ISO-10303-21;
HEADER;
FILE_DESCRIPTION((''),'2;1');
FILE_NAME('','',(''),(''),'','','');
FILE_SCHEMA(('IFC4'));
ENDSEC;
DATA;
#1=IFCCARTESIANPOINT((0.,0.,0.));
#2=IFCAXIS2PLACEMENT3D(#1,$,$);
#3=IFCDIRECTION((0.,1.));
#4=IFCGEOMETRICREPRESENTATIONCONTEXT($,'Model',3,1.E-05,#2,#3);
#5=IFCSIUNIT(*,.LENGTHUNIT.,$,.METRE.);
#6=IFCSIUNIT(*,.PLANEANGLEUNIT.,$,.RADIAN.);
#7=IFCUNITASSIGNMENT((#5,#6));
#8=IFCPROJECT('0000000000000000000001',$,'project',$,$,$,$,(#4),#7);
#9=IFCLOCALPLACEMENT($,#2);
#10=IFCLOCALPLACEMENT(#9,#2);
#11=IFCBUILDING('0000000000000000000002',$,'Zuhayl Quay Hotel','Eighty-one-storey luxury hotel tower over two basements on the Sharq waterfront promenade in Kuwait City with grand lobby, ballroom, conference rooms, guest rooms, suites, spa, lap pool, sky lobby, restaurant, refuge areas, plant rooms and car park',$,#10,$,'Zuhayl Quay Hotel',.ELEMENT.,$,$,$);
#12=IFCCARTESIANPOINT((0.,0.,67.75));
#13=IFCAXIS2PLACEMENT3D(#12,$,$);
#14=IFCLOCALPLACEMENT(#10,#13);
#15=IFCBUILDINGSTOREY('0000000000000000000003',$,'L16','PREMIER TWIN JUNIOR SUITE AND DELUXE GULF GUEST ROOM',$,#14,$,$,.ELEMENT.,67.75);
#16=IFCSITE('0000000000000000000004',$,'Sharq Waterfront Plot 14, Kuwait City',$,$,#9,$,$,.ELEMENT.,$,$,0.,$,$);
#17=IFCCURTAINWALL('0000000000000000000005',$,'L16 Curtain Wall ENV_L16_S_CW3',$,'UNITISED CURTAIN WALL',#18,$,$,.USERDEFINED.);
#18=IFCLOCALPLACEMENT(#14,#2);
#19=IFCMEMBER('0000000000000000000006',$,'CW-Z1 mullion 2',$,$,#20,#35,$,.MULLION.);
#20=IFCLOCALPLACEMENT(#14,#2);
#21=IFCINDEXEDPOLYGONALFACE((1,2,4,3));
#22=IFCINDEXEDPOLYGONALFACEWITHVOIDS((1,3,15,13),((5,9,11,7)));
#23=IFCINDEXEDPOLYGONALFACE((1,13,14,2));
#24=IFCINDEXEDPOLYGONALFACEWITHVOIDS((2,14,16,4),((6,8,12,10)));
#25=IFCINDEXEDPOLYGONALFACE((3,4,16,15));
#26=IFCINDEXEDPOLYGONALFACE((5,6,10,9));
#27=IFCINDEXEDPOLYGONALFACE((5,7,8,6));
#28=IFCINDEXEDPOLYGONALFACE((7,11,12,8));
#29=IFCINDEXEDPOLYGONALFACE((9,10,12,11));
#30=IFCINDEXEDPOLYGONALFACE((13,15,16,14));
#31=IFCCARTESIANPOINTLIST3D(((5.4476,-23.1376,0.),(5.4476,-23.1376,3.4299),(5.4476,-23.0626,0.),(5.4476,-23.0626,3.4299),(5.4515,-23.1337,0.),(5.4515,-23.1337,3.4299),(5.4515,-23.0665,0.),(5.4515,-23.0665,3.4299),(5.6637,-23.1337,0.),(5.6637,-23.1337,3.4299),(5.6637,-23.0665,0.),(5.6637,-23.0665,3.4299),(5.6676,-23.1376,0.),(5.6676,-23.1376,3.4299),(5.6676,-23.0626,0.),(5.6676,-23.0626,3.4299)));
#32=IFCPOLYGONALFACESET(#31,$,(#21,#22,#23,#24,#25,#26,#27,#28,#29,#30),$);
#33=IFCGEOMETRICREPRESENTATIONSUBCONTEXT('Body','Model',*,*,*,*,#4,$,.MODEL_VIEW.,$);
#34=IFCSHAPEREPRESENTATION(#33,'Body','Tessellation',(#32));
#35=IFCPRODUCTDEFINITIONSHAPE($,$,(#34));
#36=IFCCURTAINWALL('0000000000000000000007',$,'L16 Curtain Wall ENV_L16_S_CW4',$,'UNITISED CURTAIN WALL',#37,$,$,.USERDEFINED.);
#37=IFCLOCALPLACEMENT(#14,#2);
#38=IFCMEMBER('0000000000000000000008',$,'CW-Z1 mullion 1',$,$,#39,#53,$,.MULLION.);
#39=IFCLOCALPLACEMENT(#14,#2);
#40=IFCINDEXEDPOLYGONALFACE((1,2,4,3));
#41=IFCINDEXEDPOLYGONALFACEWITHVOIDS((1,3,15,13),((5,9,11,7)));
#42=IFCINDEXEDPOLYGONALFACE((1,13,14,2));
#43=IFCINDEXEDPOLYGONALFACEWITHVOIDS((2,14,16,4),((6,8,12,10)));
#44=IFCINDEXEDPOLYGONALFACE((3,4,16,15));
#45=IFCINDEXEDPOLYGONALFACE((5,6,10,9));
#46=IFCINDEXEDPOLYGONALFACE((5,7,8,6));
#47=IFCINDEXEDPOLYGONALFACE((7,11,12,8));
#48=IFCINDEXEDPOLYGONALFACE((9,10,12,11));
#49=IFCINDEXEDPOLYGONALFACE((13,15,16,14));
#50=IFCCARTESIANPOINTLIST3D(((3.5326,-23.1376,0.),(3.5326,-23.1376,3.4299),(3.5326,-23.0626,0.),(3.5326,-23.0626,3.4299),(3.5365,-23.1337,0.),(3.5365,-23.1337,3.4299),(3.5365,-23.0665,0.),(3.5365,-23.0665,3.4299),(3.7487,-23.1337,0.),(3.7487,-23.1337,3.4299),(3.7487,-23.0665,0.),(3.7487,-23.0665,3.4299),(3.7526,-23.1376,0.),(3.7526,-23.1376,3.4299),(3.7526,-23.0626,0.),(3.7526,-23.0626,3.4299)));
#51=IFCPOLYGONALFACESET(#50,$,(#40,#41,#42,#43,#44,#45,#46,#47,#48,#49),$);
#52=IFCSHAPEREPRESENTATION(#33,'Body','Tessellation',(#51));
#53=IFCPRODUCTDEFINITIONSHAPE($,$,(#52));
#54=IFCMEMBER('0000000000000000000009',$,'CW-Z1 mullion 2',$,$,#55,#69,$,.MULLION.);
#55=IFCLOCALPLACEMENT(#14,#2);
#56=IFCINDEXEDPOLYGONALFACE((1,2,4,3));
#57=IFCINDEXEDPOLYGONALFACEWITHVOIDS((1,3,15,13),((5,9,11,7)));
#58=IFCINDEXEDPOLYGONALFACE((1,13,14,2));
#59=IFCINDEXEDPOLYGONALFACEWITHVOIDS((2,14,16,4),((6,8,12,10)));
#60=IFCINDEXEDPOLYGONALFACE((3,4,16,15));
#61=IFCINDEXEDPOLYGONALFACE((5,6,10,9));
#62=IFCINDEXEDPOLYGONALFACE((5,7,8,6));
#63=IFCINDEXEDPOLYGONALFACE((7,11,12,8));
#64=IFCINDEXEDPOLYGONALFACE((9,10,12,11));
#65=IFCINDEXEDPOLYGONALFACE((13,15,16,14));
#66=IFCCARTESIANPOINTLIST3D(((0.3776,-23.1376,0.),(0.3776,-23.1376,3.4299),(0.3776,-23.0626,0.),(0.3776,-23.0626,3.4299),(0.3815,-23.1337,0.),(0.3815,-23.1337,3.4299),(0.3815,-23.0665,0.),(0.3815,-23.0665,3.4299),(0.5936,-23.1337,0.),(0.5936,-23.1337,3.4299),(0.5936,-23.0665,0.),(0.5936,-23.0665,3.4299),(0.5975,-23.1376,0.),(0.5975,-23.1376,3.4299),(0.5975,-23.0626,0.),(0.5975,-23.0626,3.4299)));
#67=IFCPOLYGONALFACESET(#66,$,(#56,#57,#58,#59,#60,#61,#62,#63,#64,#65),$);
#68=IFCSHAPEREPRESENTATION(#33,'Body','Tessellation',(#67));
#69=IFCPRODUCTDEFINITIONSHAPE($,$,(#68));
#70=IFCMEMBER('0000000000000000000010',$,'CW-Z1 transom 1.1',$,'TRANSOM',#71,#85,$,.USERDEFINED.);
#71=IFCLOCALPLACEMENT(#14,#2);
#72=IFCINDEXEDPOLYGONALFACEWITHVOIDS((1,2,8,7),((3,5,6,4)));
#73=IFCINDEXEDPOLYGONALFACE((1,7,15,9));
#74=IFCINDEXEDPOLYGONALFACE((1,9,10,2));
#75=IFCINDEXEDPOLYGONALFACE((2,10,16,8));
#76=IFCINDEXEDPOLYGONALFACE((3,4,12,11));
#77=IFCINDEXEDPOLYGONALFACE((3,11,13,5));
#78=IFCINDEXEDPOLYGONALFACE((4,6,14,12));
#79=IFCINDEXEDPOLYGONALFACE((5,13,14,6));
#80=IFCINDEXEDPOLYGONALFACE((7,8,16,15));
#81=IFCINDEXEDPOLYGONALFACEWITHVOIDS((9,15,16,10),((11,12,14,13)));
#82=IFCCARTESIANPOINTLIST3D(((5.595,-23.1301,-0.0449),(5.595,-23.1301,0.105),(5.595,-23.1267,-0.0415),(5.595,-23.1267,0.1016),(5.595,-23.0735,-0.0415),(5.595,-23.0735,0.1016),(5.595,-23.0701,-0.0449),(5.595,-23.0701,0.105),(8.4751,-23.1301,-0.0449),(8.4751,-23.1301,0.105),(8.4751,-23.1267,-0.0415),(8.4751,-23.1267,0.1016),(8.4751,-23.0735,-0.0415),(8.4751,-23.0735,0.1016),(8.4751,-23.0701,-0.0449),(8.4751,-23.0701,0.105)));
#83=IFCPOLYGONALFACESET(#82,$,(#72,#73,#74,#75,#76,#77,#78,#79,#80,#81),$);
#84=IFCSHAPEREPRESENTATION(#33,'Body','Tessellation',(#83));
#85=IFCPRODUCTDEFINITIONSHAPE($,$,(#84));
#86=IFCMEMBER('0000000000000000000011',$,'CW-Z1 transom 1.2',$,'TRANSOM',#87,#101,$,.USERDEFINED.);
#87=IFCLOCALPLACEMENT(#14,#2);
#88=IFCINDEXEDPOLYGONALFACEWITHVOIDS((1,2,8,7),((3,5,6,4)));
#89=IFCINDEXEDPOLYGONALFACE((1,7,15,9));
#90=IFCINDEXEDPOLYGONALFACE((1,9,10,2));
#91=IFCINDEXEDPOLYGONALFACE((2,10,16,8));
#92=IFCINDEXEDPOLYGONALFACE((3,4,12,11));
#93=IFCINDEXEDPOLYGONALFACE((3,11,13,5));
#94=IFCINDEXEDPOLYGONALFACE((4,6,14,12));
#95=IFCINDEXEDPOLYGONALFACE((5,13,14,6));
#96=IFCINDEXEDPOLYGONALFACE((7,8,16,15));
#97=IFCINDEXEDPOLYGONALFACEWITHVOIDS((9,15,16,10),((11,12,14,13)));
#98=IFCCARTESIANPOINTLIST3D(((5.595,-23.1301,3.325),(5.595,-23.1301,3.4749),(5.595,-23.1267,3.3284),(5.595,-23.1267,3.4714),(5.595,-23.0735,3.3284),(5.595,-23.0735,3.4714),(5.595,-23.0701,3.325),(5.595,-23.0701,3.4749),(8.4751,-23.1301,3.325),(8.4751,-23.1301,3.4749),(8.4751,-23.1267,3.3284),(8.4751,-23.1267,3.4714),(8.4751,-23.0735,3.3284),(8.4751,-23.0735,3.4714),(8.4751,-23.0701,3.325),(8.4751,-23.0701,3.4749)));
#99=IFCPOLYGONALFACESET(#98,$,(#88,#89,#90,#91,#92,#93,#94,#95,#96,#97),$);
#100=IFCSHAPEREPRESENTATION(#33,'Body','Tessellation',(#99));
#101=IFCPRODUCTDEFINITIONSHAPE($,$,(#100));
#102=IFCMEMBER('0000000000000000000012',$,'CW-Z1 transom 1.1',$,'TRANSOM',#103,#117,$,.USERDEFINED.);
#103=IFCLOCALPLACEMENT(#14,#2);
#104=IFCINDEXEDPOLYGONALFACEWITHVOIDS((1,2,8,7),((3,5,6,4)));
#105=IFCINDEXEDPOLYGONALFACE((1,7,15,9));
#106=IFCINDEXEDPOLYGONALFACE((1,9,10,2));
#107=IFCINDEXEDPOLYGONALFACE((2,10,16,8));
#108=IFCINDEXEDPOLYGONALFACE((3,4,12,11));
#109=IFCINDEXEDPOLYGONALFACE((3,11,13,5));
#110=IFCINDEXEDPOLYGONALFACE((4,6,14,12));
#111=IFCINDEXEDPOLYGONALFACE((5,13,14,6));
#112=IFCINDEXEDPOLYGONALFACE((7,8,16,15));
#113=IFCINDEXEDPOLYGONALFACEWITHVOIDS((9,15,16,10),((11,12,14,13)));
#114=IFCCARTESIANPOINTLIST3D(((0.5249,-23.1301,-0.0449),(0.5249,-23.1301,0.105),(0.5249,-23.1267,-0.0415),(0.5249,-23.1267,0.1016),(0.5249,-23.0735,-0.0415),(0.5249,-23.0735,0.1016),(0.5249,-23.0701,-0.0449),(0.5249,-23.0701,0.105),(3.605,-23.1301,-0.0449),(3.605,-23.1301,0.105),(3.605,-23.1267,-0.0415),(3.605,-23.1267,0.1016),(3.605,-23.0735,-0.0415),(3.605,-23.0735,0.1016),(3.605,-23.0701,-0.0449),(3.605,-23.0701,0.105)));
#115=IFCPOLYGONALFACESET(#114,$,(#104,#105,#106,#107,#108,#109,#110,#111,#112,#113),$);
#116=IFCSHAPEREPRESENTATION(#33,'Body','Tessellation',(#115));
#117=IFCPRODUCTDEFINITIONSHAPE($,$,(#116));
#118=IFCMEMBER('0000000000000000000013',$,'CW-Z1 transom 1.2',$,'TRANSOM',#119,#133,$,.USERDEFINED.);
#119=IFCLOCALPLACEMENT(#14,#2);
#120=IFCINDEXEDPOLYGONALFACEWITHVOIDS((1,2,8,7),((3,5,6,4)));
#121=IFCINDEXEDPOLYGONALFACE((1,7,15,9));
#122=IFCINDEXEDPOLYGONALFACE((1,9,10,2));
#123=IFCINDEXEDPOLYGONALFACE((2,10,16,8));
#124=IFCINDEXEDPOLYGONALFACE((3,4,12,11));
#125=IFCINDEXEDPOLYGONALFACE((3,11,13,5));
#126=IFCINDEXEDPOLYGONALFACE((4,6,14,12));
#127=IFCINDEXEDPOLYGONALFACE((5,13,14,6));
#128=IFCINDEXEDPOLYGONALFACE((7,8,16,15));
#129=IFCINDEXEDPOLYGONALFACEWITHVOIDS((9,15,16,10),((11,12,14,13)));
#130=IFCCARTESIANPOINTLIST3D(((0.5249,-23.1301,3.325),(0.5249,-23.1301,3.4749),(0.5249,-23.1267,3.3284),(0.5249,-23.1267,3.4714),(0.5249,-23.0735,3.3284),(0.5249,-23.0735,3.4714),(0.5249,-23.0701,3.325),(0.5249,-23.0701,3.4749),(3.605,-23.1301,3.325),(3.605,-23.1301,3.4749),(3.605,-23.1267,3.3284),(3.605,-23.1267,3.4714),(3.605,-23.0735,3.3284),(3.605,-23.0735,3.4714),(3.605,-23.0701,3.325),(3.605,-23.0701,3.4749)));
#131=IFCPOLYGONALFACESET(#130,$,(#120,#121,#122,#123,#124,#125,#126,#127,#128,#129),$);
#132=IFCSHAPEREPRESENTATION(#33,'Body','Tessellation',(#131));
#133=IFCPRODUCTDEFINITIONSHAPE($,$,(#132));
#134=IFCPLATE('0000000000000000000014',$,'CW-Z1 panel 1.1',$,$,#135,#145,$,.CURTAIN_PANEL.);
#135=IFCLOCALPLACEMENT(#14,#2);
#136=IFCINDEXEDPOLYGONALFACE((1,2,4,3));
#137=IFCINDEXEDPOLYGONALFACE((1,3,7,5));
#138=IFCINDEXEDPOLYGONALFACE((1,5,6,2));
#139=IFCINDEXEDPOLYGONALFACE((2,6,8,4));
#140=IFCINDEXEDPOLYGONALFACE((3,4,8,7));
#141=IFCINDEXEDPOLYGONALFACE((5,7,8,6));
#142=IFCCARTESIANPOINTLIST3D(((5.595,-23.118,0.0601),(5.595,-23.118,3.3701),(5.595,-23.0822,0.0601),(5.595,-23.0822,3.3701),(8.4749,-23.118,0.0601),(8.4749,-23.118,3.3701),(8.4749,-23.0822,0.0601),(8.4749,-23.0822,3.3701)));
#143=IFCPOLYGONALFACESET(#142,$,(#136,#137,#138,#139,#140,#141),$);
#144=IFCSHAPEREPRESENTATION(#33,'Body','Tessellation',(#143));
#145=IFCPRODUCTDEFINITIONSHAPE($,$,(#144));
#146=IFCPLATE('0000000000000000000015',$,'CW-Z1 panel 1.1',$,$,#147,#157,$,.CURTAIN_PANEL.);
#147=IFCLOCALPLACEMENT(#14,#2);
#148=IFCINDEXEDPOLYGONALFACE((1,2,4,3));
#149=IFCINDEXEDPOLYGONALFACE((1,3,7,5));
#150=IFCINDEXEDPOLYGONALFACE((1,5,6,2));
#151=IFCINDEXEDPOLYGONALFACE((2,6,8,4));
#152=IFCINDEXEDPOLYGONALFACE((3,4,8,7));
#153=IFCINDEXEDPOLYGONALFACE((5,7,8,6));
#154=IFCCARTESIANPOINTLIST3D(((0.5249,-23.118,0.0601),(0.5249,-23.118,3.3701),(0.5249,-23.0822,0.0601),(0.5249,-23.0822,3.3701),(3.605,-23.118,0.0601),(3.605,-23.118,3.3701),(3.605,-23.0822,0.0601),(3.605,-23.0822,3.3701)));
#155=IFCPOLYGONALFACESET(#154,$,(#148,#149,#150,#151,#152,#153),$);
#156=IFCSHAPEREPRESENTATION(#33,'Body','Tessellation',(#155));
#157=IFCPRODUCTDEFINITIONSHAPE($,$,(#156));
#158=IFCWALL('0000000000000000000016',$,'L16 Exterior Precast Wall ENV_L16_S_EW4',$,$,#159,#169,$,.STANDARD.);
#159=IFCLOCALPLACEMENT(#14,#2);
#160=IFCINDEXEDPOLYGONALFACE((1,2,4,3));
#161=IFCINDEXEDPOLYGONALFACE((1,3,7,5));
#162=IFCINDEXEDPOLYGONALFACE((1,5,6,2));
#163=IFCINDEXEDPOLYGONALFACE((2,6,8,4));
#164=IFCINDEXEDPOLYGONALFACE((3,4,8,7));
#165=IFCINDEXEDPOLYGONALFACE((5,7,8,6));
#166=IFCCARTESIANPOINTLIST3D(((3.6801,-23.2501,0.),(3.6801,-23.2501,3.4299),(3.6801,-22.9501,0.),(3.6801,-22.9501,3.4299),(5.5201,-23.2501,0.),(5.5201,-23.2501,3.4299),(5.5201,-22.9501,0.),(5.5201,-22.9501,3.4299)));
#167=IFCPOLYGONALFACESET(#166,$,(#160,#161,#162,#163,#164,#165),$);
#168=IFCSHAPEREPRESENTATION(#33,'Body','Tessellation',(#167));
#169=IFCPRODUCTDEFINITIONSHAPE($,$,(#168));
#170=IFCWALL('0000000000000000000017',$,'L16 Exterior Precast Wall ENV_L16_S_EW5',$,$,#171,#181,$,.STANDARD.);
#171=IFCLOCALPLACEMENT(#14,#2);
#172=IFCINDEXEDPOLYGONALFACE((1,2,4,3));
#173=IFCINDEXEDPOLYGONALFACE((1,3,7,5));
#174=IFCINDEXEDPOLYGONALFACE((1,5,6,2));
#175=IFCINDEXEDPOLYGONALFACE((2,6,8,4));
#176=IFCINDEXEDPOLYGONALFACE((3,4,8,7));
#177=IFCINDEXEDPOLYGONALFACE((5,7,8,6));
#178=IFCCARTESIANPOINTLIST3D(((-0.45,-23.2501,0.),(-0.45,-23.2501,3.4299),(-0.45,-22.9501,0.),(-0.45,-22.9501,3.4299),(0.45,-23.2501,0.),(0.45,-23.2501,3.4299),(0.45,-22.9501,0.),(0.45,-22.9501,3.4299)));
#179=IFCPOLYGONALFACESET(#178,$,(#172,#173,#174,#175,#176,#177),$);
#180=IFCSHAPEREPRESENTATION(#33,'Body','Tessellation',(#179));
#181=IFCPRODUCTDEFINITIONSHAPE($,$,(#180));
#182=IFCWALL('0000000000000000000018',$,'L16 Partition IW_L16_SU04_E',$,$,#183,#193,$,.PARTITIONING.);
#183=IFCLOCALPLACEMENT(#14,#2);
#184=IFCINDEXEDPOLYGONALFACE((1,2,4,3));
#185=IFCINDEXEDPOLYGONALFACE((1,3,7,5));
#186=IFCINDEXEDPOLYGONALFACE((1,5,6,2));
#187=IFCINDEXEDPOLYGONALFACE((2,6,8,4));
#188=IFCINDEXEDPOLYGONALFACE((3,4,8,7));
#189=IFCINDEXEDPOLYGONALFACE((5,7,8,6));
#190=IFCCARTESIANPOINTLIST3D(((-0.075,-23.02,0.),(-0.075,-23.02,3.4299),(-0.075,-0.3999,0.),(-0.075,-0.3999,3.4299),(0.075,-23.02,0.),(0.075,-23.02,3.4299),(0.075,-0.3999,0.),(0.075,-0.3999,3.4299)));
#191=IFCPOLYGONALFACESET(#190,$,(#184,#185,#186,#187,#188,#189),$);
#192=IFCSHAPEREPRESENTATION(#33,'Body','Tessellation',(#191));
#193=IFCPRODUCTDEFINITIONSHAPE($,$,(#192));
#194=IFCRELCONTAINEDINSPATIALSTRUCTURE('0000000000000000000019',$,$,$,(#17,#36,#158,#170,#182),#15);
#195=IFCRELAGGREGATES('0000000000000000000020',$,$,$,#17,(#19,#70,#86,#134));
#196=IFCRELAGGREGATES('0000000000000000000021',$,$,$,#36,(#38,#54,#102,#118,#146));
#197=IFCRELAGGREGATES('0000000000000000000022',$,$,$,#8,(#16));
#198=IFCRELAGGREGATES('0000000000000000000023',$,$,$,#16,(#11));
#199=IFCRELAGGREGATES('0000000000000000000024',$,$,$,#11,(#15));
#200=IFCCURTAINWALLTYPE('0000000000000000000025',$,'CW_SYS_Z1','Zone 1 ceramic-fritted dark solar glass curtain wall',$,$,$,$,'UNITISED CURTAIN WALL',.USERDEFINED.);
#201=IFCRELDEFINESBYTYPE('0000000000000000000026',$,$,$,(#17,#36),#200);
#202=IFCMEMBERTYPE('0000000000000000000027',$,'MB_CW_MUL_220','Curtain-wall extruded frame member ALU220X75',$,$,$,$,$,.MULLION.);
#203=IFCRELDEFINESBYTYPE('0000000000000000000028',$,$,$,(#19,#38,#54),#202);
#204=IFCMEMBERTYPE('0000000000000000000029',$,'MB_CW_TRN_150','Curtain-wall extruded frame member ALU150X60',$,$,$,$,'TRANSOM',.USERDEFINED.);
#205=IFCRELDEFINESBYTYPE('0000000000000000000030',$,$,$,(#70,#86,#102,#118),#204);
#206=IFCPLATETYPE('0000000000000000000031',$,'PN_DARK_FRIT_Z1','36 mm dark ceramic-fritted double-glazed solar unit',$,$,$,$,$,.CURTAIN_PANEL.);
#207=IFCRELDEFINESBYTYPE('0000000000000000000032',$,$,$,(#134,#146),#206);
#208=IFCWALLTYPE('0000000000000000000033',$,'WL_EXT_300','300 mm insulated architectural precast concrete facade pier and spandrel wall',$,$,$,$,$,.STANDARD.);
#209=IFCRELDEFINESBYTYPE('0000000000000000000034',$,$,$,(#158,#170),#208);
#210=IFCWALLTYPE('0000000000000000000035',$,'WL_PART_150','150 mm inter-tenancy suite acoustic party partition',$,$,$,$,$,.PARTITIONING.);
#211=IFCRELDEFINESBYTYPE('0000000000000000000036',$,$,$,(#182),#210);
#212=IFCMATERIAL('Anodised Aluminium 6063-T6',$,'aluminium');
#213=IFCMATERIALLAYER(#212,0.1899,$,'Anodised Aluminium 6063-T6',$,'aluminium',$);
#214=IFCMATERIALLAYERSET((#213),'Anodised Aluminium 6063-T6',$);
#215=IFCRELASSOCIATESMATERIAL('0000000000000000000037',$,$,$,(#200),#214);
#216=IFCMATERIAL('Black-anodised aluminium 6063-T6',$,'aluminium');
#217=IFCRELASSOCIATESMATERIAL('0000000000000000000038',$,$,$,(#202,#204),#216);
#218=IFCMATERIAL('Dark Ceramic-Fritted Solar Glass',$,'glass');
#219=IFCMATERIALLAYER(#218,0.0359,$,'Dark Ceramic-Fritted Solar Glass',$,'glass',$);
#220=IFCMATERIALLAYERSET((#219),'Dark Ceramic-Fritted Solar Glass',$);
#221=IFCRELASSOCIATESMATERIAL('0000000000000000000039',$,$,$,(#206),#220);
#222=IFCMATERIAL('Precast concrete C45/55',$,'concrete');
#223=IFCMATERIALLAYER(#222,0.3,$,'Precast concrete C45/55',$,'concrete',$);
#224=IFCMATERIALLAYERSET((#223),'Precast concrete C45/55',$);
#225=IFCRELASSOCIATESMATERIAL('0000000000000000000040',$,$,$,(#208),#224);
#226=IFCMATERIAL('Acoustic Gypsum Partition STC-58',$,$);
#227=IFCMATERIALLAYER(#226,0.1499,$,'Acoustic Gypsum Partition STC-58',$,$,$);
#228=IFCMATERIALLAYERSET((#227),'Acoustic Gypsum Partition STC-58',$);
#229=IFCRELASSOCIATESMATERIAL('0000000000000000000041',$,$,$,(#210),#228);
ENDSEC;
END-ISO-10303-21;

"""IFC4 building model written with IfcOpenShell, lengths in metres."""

from ifc_helpers import new_model, si_unit, direction, frame, frame_2d, origin, origin_2d, place, context, subcontext, project, spatial, rectangle, hollow_rectangle, extrude, material, layer, layer_set, material_profile, profile_set, type_object, element, aggregate, save


model = new_model("IFC4")

# Units and contexts
model_context = context("Model", 3, precision=1e-05, world=origin(), true_north=direction((0.0, 1.0)))
body_context = subcontext(model_context, "Body", "Model", "MODEL_VIEW")
ifc_project = project(units=[si_unit("LENGTHUNIT", "METRE"), si_unit("PLANEANGLEUNIT", "RADIAN")], contexts=[model_context])

# Site, building, storey
site_placement = place(None, origin())
site = spatial("IfcSite", under=ifc_project, at=site_placement, Name="Sharq Waterfront Plot 14, Kuwait City", CompositionType="ELEMENT", RefElevation=0.0)
building_placement = place(site_placement, origin())
building = spatial("IfcBuilding", under=site, at=building_placement, Name="Zuhayl Quay Hotel", Description="Eighty-one-storey luxury hotel tower over two basements on the Sharq waterfront promenade in Kuwait City with grand lobby, ballroom, conference rooms, guest rooms, suites, spa, lap pool, sky lobby, restaurant, refuge areas, plant rooms and car park", LongName="Zuhayl Quay Hotel", CompositionType="ELEMENT")
storey_placement = place(building_placement, frame((0.0, 0.0, 67.75)))
storey = spatial("IfcBuildingStorey", under=building, at=storey_placement, Name="L16", Description="PREMIER TWIN JUNIOR SUITE AND DELUXE GULF GUEST ROOM", CompositionType="ELEMENT", Elevation=67.75)

# Curtain walls, members
ifc_material_1 = material(Name="Anodised Aluminium 6063-T6", Category="aluminium")
ifc_layer_1 = layer(ifc_material_1, 0.1899, Name="Anodised Aluminium 6063-T6", Category="aluminium")
ifc_layer_set_1 = layer_set([ifc_layer_1], Name="Anodised Aluminium 6063-T6")
curtain_wall_type = type_object("IfcCurtainWallType", Name="CW_SYS_Z1", Description="Zone 1 ceramic-fritted dark solar glass curtain wall", ElementType="UNITISED CURTAIN WALL", PredefinedType="USERDEFINED", material=ifc_layer_set_1)
curtain_wall_1_placement = place(storey_placement, origin())
curtain_wall_1 = element("IfcCurtainWall", 1, at=curtain_wall_1_placement, inside=storey, type_object=curtain_wall_type, Name="L16 Curtain Wall ENV_L16_S_CW3", ObjectType="UNITISED CURTAIN WALL", PredefinedType="USERDEFINED")
ifc_material_2 = material(Name="Black-anodised aluminium 6063-T6", Category="aluminium")
ifc_material_profile_1 = material_profile(ifc_material_2, hollow_rectangle(XDim=0.075, YDim=0.22, WallThickness=0.0039, at=origin_2d()), Name="ALU220X75")
ifc_profile_set_1 = profile_set([ifc_material_profile_1], Name="Black-anodised aluminium 6063-T6")
member_type_1 = type_object("IfcMemberType", Name="MB_CW_MUL_220", Description="Curtain-wall extruded frame member ALU220X75", PredefinedType="MULLION", material=ifc_profile_set_1)
member_1_placement = place(storey_placement, frame((5.5576, -23.1001, 0.0), z_axis=(0.0, 0.0, 1.0), x_axis=(0.0, -1.0, 0.0)))
member_1 = element("IfcMember", 2, at=member_1_placement, type_object=member_type_1, Name="CW-Z1 mullion 2", PredefinedType="MULLION", context=body_context, shape_type="SweptSolid", body=[
    extrude(hollow_rectangle(XDim=0.075, YDim=0.22, WallThickness=0.0039, at=origin_2d()), origin(), (0.0, 0.0, 1.0), 3.4299),
])
curtain_wall_2_placement = place(storey_placement, origin())
curtain_wall_2 = element("IfcCurtainWall", 3, at=curtain_wall_2_placement, inside=storey, type_object=curtain_wall_type, Name="L16 Curtain Wall ENV_L16_S_CW4", ObjectType="UNITISED CURTAIN WALL", PredefinedType="USERDEFINED")
member_2_placement = place(storey_placement, frame((3.6426, -23.1001, 0.0), z_axis=(0.0, 0.0, 1.0), x_axis=(0.0, -1.0, 0.0)))
member_2 = element("IfcMember", 4, at=member_2_placement, type_object=member_type_1, Name="CW-Z1 mullion 1", PredefinedType="MULLION", context=body_context, shape_type="SweptSolid", body=[
    extrude(hollow_rectangle(XDim=0.075, YDim=0.22, WallThickness=0.0039, at=origin_2d()), origin(), (0.0, 0.0, 1.0), 3.4299),
])
member_3_placement = place(storey_placement, frame((0.4875, -23.1001, 0.0), z_axis=(0.0, 0.0, 1.0), x_axis=(0.0, -1.0, 0.0)))
member_3 = element("IfcMember", 5, at=member_3_placement, type_object=member_type_1, Name="CW-Z1 mullion 2", PredefinedType="MULLION", context=body_context, shape_type="SweptSolid", body=[
    extrude(hollow_rectangle(XDim=0.075, YDim=0.22, WallThickness=0.0039, at=origin_2d()), origin(), (0.0, 0.0, 1.0), 3.4299),
])

# Members
ifc_material_profile_2 = material_profile(ifc_material_2, hollow_rectangle(XDim=0.0601, YDim=0.1499, WallThickness=0.0034, at=origin_2d()), Name="ALU150X60")
ifc_profile_set_2 = profile_set([ifc_material_profile_2], Name="Black-anodised aluminium 6063-T6")
member_type_2 = type_object("IfcMemberType", Name="MB_CW_TRN_150", Description="Curtain-wall extruded frame member ALU150X60", ElementType="TRANSOM", PredefinedType="USERDEFINED", material=ifc_profile_set_2)
member_4_placement = place(storey_placement, frame((8.4751, -23.1001, 0.03), z_axis=(-1.0, 0.0, 0.0), x_axis=(0.0, -1.0, 0.0)))
member_4 = element("IfcMember", 6, at=member_4_placement, type_object=member_type_2, Name="CW-Z1 transom 1.1", ObjectType="TRANSOM", PredefinedType="USERDEFINED", context=body_context, shape_type="SweptSolid", body=[
    extrude(hollow_rectangle(XDim=0.0601, YDim=0.1499, WallThickness=0.0034, at=origin_2d()), origin(), (0.0, 0.0, 1.0), 2.8801),
])
member_5_placement = place(storey_placement, frame((8.4751, -23.1001, 3.3999), z_axis=(-1.0, 0.0, 0.0), x_axis=(0.0, -1.0, 0.0)))
member_5 = element("IfcMember", 7, at=member_5_placement, type_object=member_type_2, Name="CW-Z1 transom 1.2", ObjectType="TRANSOM", PredefinedType="USERDEFINED", context=body_context, shape_type="SweptSolid", body=[
    extrude(hollow_rectangle(XDim=0.0601, YDim=0.1499, WallThickness=0.0034, at=origin_2d()), origin(), (0.0, 0.0, 1.0), 2.8801),
])
member_6_placement = place(storey_placement, frame((3.605, -23.1001, 0.03), z_axis=(-1.0, 0.0, 0.0), x_axis=(0.0, -1.0, 0.0)))
member_6 = element("IfcMember", 8, at=member_6_placement, type_object=member_type_2, Name="CW-Z1 transom 1.1", ObjectType="TRANSOM", PredefinedType="USERDEFINED", context=body_context, shape_type="SweptSolid", body=[
    extrude(hollow_rectangle(XDim=0.0601, YDim=0.1499, WallThickness=0.0034, at=origin_2d()), origin(), (0.0, 0.0, 1.0), 3.0801),
])
member_7_placement = place(storey_placement, frame((3.605, -23.1001, 3.3999), z_axis=(-1.0, 0.0, 0.0), x_axis=(0.0, -1.0, 0.0)))
member_7 = element("IfcMember", 9, at=member_7_placement, type_object=member_type_2, Name="CW-Z1 transom 1.2", ObjectType="TRANSOM", PredefinedType="USERDEFINED", context=body_context, shape_type="SweptSolid", body=[
    extrude(hollow_rectangle(XDim=0.0601, YDim=0.1499, WallThickness=0.0034, at=origin_2d()), origin(), (0.0, 0.0, 1.0), 3.0801),
])

# Plates
ifc_material_3 = material(Name="Dark Ceramic-Fritted Solar Glass", Category="glass")
ifc_layer_2 = layer(ifc_material_3, 0.0359, Name="Dark Ceramic-Fritted Solar Glass", Category="glass")
ifc_layer_set_2 = layer_set([ifc_layer_2], Name="Dark Ceramic-Fritted Solar Glass")
plate_type = type_object("IfcPlateType", Name="PN_DARK_FRIT_Z1", Description="36 mm dark ceramic-fritted double-glazed solar unit", PredefinedType="CURTAIN_PANEL", material=ifc_layer_set_2)
plate_1_placement = place(storey_placement, frame((7.0349, -23.1001, 0.0601), z_axis=(0.0, 0.0, 1.0), x_axis=(-1.0, 0.0, 0.0)))
plate_1 = element("IfcPlate", 10, at=plate_1_placement, type_object=plate_type, Name="CW-Z1 panel 1.1", PredefinedType="CURTAIN_PANEL", context=body_context, shape_type="SweptSolid", body=[
    extrude(rectangle(XDim=2.8799, YDim=0.0359, at=origin_2d()), origin(), (0.0, 0.0, 1.0), 3.3101),
])
aggregate(curtain_wall_1, [member_1, member_4, member_5, plate_1])
plate_2_placement = place(storey_placement, frame((2.0649, -23.1001, 0.0601), z_axis=(0.0, 0.0, 1.0), x_axis=(-1.0, 0.0, 0.0)))
plate_2 = element("IfcPlate", 11, at=plate_2_placement, type_object=plate_type, Name="CW-Z1 panel 1.1", PredefinedType="CURTAIN_PANEL", context=body_context, shape_type="SweptSolid", body=[
    extrude(rectangle(XDim=3.0801, YDim=0.0359, at=origin_2d()), origin(), (0.0, 0.0, 1.0), 3.3101),
])
aggregate(curtain_wall_2, [member_2, member_3, member_6, member_7, plate_2])

# Walls
ifc_material_4 = material(Name="Precast concrete C45/55", Category="concrete")
ifc_layer_3 = layer(ifc_material_4, 0.3, Name="Precast concrete C45/55", Category="concrete")
ifc_layer_set_3 = layer_set([ifc_layer_3], Name="Precast concrete C45/55")
wall_type_1 = type_object("IfcWallType", Name="WL_EXT_300", Description="300 mm insulated architectural precast concrete facade pier and spandrel wall", PredefinedType="STANDARD", material=ifc_layer_set_3)
wall_1_placement = place(storey_placement, frame((5.52, -23.1001, 0.0), z_axis=(0.0, 0.0, 1.0), x_axis=(-1.0, 0.0, 0.0)))
element("IfcWall", 12, at=wall_1_placement, inside=storey, type_object=wall_type_1, Name="L16 Exterior Precast Wall ENV_L16_S_EW4", PredefinedType="STANDARD", context=body_context, shape_type="SweptSolid", body=[
    extrude(rectangle(XDim=1.8401, YDim=0.3, at=frame_2d((0.9199, 0.0))), origin(), (0.0, 0.0, 1.0), 3.4299),
])
wall_2_placement = place(storey_placement, frame((0.45, -23.1001, 0.0), z_axis=(0.0, 0.0, 1.0), x_axis=(-1.0, 0.0, 0.0)))
element("IfcWall", 13, at=wall_2_placement, inside=storey, type_object=wall_type_1, Name="L16 Exterior Precast Wall ENV_L16_S_EW5", PredefinedType="STANDARD", context=body_context, shape_type="SweptSolid", body=[
    extrude(rectangle(XDim=0.8999, YDim=0.3, at=frame_2d((0.45, 0.0))), origin(), (0.0, 0.0, 1.0), 3.4299),
])
ifc_material_5 = material(Name="Acoustic Gypsum Partition STC-58")
ifc_layer_4 = layer(ifc_material_5, 0.1499, Name="Acoustic Gypsum Partition STC-58")
ifc_layer_set_4 = layer_set([ifc_layer_4], Name="Acoustic Gypsum Partition STC-58")
wall_type_2 = type_object("IfcWallType", Name="WL_PART_150", Description="150 mm inter-tenancy suite acoustic party partition", PredefinedType="PARTITIONING", material=ifc_layer_set_4)
wall_3_placement = place(storey_placement, frame((0.0, -23.02, 0.0), z_axis=(0.0, 0.0, 1.0), x_axis=(0.0, 1.0, 0.0)))
element("IfcWall", 14, at=wall_3_placement, inside=storey, type_object=wall_type_2, Name="L16 Partition IW_L16_SU04_E", PredefinedType="PARTITIONING", context=body_context, shape_type="SweptSolid", body=[
    extrude(rectangle(XDim=22.6201, YDim=0.1499, at=frame_2d((11.3101, 0.0))), origin(), (0.0, 0.0, 1.0), 3.4299),
])

save(model, "model.ifc")
